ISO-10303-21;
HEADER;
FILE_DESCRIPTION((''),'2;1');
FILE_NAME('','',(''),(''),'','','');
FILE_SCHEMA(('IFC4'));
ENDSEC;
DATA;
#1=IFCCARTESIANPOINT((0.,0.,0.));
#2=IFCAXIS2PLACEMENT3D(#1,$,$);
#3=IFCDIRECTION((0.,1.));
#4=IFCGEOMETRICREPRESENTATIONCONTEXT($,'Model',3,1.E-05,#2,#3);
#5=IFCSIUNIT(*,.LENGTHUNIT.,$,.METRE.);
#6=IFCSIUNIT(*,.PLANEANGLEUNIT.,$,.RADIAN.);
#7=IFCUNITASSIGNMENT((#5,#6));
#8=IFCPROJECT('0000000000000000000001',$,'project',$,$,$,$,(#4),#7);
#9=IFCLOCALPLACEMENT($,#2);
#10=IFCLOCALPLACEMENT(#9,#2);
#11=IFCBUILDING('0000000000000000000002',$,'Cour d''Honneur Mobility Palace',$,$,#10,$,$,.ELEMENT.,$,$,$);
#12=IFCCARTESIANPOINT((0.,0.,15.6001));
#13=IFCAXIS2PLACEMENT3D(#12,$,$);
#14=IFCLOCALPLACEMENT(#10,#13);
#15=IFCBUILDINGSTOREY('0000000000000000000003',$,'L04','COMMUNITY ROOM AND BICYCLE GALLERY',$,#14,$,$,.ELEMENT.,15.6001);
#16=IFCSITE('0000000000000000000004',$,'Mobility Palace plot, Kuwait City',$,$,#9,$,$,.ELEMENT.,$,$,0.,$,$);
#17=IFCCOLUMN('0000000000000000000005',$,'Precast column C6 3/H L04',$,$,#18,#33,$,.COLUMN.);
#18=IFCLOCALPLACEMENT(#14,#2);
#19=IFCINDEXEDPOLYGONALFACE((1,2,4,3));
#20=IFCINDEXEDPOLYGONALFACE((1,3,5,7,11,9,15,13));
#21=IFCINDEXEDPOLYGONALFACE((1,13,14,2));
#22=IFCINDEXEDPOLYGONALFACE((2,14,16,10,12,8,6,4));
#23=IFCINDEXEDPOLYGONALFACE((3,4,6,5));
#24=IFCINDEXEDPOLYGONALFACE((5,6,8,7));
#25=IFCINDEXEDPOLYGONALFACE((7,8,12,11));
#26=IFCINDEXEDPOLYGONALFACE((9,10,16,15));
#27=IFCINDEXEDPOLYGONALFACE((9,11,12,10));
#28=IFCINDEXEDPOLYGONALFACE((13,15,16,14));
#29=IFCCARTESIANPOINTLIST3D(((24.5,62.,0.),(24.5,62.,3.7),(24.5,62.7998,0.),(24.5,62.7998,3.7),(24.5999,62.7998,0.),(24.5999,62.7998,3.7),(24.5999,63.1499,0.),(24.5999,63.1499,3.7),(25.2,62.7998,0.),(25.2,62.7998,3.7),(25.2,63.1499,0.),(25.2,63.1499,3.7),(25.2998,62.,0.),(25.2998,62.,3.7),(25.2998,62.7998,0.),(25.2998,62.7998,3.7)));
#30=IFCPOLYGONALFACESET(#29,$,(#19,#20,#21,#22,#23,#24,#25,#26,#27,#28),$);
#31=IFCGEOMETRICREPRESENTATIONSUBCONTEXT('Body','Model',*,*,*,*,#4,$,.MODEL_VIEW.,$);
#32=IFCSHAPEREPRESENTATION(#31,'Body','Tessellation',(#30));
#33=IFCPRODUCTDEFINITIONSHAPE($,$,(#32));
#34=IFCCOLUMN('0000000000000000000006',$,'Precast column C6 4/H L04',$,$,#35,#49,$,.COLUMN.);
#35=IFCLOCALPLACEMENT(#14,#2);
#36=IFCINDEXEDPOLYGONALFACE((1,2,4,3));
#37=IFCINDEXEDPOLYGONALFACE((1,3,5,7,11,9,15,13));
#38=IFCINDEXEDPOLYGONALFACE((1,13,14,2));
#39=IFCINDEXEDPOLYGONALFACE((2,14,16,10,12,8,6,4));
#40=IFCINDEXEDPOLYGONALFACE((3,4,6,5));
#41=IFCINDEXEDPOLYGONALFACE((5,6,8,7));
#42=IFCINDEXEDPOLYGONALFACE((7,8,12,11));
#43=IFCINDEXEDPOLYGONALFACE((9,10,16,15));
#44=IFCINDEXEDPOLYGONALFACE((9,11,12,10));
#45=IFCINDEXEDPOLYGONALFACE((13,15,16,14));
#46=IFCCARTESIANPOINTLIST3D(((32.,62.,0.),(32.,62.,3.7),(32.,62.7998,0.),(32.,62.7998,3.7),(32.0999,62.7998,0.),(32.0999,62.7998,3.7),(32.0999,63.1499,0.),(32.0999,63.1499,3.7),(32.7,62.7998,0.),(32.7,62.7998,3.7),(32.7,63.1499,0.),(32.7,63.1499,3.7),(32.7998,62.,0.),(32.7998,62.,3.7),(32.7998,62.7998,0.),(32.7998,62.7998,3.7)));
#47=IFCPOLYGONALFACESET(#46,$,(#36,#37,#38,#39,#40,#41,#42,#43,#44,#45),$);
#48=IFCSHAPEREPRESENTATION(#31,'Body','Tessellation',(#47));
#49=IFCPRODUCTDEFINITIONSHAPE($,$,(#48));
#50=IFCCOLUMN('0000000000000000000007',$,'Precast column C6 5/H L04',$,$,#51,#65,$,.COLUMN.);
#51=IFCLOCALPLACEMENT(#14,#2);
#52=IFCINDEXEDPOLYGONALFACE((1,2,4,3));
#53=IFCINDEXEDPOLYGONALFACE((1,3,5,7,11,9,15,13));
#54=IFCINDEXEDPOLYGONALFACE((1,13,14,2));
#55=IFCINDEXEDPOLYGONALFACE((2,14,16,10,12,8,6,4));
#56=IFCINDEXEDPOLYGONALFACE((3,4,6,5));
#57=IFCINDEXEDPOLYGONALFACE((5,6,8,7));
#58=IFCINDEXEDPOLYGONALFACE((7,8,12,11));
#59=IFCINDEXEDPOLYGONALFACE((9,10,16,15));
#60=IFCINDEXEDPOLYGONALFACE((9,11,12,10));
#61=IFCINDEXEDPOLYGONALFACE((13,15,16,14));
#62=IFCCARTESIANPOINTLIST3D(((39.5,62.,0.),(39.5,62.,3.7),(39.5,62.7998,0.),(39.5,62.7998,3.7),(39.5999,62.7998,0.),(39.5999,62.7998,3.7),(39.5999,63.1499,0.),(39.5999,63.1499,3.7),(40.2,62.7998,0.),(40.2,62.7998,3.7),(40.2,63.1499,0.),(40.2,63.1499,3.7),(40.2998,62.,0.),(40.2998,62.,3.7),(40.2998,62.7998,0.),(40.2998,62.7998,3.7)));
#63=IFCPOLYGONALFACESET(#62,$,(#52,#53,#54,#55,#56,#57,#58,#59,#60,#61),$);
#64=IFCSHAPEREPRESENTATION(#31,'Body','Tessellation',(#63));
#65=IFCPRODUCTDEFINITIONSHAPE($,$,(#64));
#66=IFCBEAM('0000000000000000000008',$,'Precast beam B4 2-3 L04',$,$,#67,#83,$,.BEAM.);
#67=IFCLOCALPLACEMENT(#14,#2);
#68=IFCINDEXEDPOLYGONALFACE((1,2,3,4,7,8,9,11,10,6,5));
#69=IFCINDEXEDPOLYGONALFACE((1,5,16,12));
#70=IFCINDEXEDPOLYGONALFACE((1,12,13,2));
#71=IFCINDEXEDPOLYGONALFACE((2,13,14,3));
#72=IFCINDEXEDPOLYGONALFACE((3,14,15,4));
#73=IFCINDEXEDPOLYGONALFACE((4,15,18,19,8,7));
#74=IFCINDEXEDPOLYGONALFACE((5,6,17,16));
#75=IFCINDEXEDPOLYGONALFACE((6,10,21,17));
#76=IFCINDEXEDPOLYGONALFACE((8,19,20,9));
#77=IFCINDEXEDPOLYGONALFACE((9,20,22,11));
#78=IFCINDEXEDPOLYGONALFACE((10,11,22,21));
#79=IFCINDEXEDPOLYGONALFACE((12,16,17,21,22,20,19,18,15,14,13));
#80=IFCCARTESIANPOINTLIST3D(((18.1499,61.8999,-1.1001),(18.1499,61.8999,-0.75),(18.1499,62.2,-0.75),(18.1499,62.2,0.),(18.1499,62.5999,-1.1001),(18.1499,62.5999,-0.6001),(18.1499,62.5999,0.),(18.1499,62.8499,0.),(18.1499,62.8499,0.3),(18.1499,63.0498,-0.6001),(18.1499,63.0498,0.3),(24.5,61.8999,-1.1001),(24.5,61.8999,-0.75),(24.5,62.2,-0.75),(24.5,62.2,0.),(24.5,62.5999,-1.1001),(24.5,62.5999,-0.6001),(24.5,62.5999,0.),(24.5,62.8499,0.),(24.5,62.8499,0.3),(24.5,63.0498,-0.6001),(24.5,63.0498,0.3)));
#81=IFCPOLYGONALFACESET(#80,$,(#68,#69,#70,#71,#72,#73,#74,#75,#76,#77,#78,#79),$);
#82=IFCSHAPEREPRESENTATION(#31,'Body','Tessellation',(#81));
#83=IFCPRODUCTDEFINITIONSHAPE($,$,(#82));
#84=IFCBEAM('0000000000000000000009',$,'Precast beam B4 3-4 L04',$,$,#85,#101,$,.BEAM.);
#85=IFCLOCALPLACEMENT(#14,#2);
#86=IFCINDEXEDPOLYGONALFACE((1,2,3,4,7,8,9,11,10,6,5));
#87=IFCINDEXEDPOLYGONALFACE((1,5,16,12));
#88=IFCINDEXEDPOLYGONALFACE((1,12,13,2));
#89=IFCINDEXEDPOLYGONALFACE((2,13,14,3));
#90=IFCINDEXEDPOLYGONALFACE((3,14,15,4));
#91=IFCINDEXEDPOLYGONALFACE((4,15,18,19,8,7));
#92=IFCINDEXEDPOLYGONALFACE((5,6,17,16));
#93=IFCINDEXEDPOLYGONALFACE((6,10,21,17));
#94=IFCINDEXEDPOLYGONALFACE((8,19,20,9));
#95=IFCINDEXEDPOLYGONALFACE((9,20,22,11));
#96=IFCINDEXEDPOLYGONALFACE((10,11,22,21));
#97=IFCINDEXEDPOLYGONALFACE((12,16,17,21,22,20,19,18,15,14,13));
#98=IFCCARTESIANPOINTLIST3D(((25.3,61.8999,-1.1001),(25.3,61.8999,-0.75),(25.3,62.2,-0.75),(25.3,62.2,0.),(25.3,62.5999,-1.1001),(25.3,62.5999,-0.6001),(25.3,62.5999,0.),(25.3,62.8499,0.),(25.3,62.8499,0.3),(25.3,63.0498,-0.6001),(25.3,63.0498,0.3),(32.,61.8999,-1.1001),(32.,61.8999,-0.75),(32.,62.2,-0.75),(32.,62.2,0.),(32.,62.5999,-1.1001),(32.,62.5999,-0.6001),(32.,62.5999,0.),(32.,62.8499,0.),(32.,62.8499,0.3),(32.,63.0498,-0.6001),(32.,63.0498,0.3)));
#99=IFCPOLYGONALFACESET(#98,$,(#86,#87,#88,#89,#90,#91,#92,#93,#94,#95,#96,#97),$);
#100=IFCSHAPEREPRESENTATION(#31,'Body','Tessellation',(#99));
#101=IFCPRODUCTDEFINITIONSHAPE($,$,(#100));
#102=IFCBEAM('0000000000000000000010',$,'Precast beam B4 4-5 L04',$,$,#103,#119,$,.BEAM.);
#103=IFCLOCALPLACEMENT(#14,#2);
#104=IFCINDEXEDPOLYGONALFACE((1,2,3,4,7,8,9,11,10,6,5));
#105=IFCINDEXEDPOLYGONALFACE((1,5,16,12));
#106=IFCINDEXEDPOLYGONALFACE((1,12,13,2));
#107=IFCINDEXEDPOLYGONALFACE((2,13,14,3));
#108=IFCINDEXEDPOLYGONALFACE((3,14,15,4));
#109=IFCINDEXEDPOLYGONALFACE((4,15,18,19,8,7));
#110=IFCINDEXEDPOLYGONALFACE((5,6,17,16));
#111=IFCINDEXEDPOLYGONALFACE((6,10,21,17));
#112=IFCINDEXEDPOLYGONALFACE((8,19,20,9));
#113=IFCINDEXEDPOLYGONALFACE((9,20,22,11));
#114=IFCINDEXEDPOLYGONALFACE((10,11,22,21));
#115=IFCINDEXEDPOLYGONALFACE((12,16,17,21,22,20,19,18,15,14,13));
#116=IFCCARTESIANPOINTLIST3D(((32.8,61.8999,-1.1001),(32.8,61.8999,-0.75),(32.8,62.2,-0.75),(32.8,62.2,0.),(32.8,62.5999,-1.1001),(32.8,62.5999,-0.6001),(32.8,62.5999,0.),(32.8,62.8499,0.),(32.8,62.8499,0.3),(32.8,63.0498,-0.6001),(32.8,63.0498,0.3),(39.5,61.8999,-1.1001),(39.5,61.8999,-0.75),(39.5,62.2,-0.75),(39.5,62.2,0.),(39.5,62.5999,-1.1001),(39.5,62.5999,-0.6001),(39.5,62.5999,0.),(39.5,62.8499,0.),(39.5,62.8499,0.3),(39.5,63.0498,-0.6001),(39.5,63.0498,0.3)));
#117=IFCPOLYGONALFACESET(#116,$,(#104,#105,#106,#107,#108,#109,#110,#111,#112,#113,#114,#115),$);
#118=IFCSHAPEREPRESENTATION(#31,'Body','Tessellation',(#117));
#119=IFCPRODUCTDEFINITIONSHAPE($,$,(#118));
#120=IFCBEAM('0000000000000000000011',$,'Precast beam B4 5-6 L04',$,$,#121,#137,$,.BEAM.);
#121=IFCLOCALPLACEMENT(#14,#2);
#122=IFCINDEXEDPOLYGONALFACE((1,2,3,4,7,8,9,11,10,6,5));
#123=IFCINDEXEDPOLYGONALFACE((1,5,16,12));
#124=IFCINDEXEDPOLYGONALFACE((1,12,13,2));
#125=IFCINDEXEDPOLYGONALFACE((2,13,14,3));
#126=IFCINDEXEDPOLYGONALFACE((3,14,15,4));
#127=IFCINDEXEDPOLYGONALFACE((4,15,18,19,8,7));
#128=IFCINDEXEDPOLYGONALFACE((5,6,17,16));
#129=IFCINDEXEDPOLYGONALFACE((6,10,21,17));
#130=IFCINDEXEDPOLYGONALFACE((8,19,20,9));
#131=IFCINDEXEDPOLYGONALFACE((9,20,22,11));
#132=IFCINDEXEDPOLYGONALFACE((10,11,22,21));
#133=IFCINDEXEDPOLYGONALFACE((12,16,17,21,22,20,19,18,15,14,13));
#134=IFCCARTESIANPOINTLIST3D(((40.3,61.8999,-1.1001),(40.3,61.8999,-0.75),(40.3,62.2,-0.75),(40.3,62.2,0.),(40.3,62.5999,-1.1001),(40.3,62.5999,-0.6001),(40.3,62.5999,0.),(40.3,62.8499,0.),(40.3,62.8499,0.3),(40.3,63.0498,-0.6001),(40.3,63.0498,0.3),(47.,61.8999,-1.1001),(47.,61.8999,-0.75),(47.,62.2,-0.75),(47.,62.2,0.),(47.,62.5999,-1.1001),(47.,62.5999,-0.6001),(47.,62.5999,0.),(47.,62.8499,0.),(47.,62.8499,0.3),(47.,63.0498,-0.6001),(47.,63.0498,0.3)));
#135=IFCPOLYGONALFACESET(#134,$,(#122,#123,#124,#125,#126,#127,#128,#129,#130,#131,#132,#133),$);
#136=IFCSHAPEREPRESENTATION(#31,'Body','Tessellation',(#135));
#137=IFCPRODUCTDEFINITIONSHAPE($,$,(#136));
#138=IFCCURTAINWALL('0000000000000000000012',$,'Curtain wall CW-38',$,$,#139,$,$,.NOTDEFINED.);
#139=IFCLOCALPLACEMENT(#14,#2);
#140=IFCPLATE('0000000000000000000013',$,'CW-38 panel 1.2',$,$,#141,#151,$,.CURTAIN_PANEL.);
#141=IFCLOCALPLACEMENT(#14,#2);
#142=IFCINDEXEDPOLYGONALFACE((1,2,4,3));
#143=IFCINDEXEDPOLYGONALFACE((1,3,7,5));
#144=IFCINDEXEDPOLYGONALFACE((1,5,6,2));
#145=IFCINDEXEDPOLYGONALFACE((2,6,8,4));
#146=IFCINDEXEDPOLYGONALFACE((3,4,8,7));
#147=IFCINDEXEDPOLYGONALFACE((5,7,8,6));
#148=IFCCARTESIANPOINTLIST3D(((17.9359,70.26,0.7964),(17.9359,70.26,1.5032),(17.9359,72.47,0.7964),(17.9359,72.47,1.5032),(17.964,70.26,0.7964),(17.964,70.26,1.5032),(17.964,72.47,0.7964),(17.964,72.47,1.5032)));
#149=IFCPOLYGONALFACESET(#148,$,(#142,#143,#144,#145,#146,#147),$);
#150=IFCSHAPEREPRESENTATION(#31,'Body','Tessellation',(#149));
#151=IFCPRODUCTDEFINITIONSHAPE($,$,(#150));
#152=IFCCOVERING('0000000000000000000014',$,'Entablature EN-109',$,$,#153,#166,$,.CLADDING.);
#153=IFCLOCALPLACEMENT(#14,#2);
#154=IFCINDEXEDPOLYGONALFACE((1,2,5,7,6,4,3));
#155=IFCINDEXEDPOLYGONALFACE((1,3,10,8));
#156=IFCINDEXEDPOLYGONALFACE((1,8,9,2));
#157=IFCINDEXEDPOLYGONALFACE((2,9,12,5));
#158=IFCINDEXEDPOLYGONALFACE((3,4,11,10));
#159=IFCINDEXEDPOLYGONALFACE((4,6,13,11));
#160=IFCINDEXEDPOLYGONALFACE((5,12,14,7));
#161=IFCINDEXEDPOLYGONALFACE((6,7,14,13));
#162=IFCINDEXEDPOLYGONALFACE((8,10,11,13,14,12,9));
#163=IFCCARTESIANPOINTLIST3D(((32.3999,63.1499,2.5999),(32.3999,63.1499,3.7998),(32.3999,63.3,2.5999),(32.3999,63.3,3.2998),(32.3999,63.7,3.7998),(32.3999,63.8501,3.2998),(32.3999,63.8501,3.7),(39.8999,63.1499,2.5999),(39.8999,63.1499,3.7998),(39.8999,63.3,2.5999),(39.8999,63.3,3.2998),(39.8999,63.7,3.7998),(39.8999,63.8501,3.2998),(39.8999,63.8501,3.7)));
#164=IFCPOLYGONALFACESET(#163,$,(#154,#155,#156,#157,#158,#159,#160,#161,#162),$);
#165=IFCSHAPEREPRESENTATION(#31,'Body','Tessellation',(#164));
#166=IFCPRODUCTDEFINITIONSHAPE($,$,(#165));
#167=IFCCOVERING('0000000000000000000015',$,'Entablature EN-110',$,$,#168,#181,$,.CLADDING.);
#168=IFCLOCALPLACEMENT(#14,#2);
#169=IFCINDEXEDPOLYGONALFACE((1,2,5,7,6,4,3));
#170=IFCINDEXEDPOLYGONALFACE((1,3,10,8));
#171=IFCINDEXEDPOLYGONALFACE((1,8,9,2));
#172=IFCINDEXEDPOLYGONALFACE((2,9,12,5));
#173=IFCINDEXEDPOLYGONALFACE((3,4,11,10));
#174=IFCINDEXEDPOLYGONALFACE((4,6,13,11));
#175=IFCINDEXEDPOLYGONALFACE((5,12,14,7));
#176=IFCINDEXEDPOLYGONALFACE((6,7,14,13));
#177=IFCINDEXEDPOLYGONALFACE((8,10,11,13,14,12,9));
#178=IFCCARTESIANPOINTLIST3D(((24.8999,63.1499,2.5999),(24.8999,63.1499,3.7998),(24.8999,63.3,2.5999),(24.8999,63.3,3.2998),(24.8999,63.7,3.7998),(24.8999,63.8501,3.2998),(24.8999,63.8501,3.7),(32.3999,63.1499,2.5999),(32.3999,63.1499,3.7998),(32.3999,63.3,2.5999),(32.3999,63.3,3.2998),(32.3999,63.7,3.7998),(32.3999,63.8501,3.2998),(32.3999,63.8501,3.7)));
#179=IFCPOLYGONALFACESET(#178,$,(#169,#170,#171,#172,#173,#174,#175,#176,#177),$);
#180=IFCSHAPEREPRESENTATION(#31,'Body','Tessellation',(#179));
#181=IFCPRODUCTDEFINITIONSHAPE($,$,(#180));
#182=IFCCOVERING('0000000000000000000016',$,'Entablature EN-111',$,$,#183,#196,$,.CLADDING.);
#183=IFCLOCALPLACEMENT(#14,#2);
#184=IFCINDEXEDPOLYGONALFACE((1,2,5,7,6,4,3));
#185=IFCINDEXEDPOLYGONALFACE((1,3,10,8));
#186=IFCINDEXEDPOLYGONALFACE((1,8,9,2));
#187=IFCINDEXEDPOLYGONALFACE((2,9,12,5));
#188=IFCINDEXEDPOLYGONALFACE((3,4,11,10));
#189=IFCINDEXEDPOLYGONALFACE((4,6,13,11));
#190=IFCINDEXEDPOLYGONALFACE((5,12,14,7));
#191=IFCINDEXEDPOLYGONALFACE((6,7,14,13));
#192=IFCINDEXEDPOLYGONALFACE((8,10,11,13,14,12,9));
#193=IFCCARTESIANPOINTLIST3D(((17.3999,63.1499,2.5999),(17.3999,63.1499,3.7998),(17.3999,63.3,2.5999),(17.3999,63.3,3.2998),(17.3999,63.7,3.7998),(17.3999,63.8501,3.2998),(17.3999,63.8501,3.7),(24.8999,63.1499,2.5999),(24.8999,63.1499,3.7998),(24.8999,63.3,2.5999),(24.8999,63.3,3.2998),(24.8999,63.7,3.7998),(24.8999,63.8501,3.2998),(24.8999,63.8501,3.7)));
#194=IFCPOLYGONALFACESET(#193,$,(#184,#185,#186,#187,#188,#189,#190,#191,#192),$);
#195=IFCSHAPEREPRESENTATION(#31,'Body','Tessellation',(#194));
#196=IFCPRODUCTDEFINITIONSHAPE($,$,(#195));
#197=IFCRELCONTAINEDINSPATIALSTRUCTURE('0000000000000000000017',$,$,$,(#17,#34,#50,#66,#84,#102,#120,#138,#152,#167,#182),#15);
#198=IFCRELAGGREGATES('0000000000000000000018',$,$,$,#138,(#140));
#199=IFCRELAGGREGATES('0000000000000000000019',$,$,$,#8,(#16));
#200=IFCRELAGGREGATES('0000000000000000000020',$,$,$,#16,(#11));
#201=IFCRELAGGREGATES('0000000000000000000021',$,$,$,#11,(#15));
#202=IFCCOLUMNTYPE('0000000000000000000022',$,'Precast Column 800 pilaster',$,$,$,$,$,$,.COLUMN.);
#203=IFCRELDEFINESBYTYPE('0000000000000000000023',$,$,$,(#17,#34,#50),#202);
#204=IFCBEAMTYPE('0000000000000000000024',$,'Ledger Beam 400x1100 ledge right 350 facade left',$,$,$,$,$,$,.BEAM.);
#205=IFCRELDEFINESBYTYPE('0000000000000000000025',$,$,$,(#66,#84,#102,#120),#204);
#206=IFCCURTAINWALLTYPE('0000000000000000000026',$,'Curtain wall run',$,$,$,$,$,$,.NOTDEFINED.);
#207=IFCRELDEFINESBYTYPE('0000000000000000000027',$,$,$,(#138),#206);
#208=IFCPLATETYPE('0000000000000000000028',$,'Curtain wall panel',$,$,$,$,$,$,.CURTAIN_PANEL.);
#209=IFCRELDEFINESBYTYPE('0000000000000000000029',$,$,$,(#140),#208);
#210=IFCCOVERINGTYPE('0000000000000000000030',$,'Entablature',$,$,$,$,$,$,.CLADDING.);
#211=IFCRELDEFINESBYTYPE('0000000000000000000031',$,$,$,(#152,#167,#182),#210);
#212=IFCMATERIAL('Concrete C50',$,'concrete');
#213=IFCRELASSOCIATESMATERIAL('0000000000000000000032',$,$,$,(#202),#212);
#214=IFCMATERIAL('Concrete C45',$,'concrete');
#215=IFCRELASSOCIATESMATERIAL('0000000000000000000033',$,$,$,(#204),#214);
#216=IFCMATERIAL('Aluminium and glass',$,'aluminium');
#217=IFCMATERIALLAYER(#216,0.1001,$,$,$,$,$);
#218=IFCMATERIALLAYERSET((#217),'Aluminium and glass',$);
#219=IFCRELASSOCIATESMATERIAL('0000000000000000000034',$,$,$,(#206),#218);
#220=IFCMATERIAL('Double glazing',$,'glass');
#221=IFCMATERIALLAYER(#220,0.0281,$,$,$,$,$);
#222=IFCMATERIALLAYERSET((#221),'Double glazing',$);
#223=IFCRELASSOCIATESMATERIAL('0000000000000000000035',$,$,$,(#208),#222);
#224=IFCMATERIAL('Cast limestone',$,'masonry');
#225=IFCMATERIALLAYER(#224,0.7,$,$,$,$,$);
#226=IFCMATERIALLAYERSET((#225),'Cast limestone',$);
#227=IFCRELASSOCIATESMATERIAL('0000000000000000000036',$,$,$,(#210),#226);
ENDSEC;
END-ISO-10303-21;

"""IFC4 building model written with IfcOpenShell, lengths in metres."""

from ifc_helpers import new_model, si_unit, direction, frame, origin, origin_2d, place, context, subcontext, project, spatial, polyline, rectangle, outline, extrude, material, layer, layer_set, material_profile, profile_set, type_object, element, aggregate, save


model = new_model("IFC4")

# Units and contexts
model_context = context("Model", 3, precision=1e-05, world=origin(), true_north=direction((0.0, 1.0)))
body_context = subcontext(model_context, "Body", "Model", "MODEL_VIEW")
ifc_project = project(units=[si_unit("LENGTHUNIT", "METRE"), si_unit("PLANEANGLEUNIT", "RADIAN")], contexts=[model_context])

# Site, building, storey
site_placement = place(None, origin())
site = spatial("IfcSite", under=ifc_project, at=site_placement, Name="Mobility Palace plot, Kuwait City", CompositionType="ELEMENT", RefElevation=0.0)
building_placement = place(site_placement, origin())
building = spatial("IfcBuilding", under=site, at=building_placement, Name="Cour d'Honneur Mobility Palace", CompositionType="ELEMENT")
storey_placement = place(building_placement, frame((0.0, 0.0, 15.6001)))
storey = spatial("IfcBuildingStorey", under=building, at=storey_placement, Name="L04", Description="COMMUNITY ROOM AND BICYCLE GALLERY", CompositionType="ELEMENT", Elevation=15.6001)

# Columns
ifc_material_1 = material(Name="Concrete C50", Category="concrete")
ifc_material_profile_1 = material_profile(ifc_material_1, outline(polyline([(-0.3999, -0.3999), (0.3999, -0.3999), (0.3999, -0.3), (0.75, -0.3), (0.75, 0.3), (0.3999, 0.3), (0.3999, 0.3999), (-0.3999, 0.3999), (-0.3999, -0.3999)])), Name="PC C800 pilaster")
ifc_profile_set_1 = profile_set([ifc_material_profile_1], Name="Concrete C50")
column_type = type_object("IfcColumnType", Name="Precast Column 800 pilaster", PredefinedType="COLUMN", material=ifc_profile_set_1)
for number, where, z_axis, x_axis, name in (
    (1, (24.8999, 62.3999, 0.0), (0.0, 0.0, 1.0), (0.0, 1.0, 0.0), "Precast column C6 3/H L04"),
    (2, (32.3999, 62.3999, 0.0), (0.0, 0.0, 1.0), (0.0, 1.0, 0.0), "Precast column C6 4/H L04"),
    (3, (39.8999, 62.3999, 0.0), (0.0, 0.0, 1.0), (0.0, 1.0, 0.0), "Precast column C6 5/H L04"),
):
    element("IfcColumn", number, at=place(storey_placement, frame(where, z_axis=z_axis, x_axis=x_axis)), inside=storey, type_object=column_type, Name=name, PredefinedType="COLUMN", context=body_context, shape_type="SweptSolid", body=[
        extrude(outline(polyline([(-0.3999, -0.3999), (0.3999, -0.3999), (0.3999, -0.3), (0.75, -0.3), (0.75, 0.3), (0.3999, 0.3), (0.3999, 0.3999), (-0.3999, 0.3999), (-0.3999, -0.3999)])), origin(), (0.0, 0.0, 1.0), 3.7),
    ])

# Beams
ifc_material_2 = material(Name="Concrete C45", Category="concrete")
ifc_material_profile_2 = material_profile(ifc_material_2, outline(polyline([(0.2, -1.1001), (0.2, -0.6001), (0.6499, -0.6001), (0.6499, 0.3), (0.45, 0.3), (0.45, 0.0), (0.2, 0.0), (-0.2, 0.0), (-0.2, -0.75), (-0.5, -0.75), (-0.5, -1.1001), (0.2, -1.1001)])), Name="Ledger Beam 400x1100 ledge right 350 facade left")
ifc_profile_set_2 = profile_set([ifc_material_profile_2], Name="Concrete C45")
beam_type = type_object("IfcBeamType", Name="Ledger Beam 400x1100 ledge right 350 facade left", PredefinedType="BEAM", material=ifc_profile_set_2)
beam_placement = place(storey_placement, frame((18.1499, 62.3999, 0.0), z_axis=(1.0, 0.0, 0.0), x_axis=(0.0, 1.0, 0.0)))
element("IfcBeam", 4, at=beam_placement, inside=storey, type_object=beam_type, Name="Precast beam B4 2-3 L04", PredefinedType="BEAM", context=body_context, shape_type="SweptSolid", body=[
    extrude(outline(polyline([(0.2, -1.1001), (0.2, -0.6001), (0.6499, -0.6001), (0.6499, 0.3), (0.45, 0.3), (0.45, 0.0), (0.2, 0.0), (-0.2, 0.0), (-0.2, -0.75), (-0.5, -0.75), (-0.5, -1.1001), (0.2, -1.1001)])), origin(), (0.0, 0.0, 1.0), 6.3501),
])
for number, where, z_axis, x_axis, name in (
    (5, (25.3, 62.3999, 0.0), (1.0, 0.0, 0.0), (0.0, 1.0, 0.0), "Precast beam B4 3-4 L04"),
    (6, (32.8, 62.3999, 0.0), (1.0, 0.0, 0.0), (0.0, 1.0, 0.0), "Precast beam B4 4-5 L04"),
    (7, (40.3, 62.3999, 0.0), (1.0, 0.0, 0.0), (0.0, 1.0, 0.0), "Precast beam B4 5-6 L04"),
):
    element("IfcBeam", number, at=place(storey_placement, frame(where, z_axis=z_axis, x_axis=x_axis)), inside=storey, type_object=beam_type, Name=name, PredefinedType="BEAM", context=body_context, shape_type="SweptSolid", body=[
        extrude(outline(polyline([(0.2, -1.1001), (0.2, -0.6001), (0.6499, -0.6001), (0.6499, 0.3), (0.45, 0.3), (0.45, 0.0), (0.2, 0.0), (-0.2, 0.0), (-0.2, -0.75), (-0.5, -0.75), (-0.5, -1.1001), (0.2, -1.1001)])), origin(), (0.0, 0.0, 1.0), 6.7),
    ])

# Curtain wall, plate
ifc_material_3 = material(Name="Aluminium and glass", Category="aluminium")
ifc_layer_1 = layer(ifc_material_3, 0.1001)
ifc_layer_set_1 = layer_set([ifc_layer_1], Name="Aluminium and glass")
curtain_wall_type = type_object("IfcCurtainWallType", Name="Curtain wall run", PredefinedType="NOTDEFINED", material=ifc_layer_set_1)
curtain_wall_placement = place(storey_placement, origin())
curtain_wall = element("IfcCurtainWall", 8, at=curtain_wall_placement, inside=storey, type_object=curtain_wall_type, Name="Curtain wall CW-38", PredefinedType="NOTDEFINED")
ifc_material_4 = material(Name="Double glazing", Category="glass")
ifc_layer_2 = layer(ifc_material_4, 0.0281)
ifc_layer_set_2 = layer_set([ifc_layer_2], Name="Double glazing")
plate_type = type_object("IfcPlateType", Name="Curtain wall panel", PredefinedType="CURTAIN_PANEL", material=ifc_layer_set_2)
plate_placement = place(storey_placement, frame((17.95, 71.365, 0.7964), z_axis=(0.0, 0.0, 1.0), x_axis=(0.0, 1.0, 0.0)))
plate = element("IfcPlate", 9, at=plate_placement, type_object=plate_type, Name="CW-38 panel 1.2", PredefinedType="CURTAIN_PANEL", context=body_context, shape_type="SweptSolid", body=[
    extrude(rectangle(XDim=2.21, YDim=0.0281, at=origin_2d()), origin(), (0.0, 0.0, 1.0), 0.7068),
])
aggregate(curtain_wall, [plate])

# Coverings
ifc_material_5 = material(Name="Cast limestone", Category="masonry")
ifc_layer_3 = layer(ifc_material_5, 0.7)
ifc_layer_set_3 = layer_set([ifc_layer_3], Name="Cast limestone")
covering_type_1 = type_object("IfcCoveringType", Name="Entablature", PredefinedType="CLADDING", material=ifc_layer_set_3)
for number, where, z_axis, x_axis, name in (
    (10, (39.8999, 63.1499, 2.5999), (1.0, 0.0, 0.0), (0.0, 1.0, 0.0), "Entablature EN-109"),
    (11, (32.3999, 63.1499, 2.5999), (1.0, 0.0, 0.0), (0.0, 1.0, 0.0), "Entablature EN-110"),
    (12, (24.8999, 63.1499, 2.5999), (1.0, 0.0, 0.0), (0.0, 1.0, 0.0), "Entablature EN-111"),
):
    element("IfcCovering", number, at=place(storey_placement, frame(where, z_axis=z_axis, x_axis=x_axis)), inside=storey, type_object=covering_type_1, Name=name, PredefinedType="CLADDING", context=body_context, shape_type="SweptSolid", body=[
        extrude(outline(polyline([(0.0, 0.0), (0.1501, 0.0), (0.1501, 0.7), (0.7002, 0.7), (0.7002, 1.1001), (0.55, 1.2), (0.0, 1.2), (0.0, 0.0)])), origin(), (0.0, 0.0, -1.0), 7.5),
    ])

save(model, "model.ifc")
